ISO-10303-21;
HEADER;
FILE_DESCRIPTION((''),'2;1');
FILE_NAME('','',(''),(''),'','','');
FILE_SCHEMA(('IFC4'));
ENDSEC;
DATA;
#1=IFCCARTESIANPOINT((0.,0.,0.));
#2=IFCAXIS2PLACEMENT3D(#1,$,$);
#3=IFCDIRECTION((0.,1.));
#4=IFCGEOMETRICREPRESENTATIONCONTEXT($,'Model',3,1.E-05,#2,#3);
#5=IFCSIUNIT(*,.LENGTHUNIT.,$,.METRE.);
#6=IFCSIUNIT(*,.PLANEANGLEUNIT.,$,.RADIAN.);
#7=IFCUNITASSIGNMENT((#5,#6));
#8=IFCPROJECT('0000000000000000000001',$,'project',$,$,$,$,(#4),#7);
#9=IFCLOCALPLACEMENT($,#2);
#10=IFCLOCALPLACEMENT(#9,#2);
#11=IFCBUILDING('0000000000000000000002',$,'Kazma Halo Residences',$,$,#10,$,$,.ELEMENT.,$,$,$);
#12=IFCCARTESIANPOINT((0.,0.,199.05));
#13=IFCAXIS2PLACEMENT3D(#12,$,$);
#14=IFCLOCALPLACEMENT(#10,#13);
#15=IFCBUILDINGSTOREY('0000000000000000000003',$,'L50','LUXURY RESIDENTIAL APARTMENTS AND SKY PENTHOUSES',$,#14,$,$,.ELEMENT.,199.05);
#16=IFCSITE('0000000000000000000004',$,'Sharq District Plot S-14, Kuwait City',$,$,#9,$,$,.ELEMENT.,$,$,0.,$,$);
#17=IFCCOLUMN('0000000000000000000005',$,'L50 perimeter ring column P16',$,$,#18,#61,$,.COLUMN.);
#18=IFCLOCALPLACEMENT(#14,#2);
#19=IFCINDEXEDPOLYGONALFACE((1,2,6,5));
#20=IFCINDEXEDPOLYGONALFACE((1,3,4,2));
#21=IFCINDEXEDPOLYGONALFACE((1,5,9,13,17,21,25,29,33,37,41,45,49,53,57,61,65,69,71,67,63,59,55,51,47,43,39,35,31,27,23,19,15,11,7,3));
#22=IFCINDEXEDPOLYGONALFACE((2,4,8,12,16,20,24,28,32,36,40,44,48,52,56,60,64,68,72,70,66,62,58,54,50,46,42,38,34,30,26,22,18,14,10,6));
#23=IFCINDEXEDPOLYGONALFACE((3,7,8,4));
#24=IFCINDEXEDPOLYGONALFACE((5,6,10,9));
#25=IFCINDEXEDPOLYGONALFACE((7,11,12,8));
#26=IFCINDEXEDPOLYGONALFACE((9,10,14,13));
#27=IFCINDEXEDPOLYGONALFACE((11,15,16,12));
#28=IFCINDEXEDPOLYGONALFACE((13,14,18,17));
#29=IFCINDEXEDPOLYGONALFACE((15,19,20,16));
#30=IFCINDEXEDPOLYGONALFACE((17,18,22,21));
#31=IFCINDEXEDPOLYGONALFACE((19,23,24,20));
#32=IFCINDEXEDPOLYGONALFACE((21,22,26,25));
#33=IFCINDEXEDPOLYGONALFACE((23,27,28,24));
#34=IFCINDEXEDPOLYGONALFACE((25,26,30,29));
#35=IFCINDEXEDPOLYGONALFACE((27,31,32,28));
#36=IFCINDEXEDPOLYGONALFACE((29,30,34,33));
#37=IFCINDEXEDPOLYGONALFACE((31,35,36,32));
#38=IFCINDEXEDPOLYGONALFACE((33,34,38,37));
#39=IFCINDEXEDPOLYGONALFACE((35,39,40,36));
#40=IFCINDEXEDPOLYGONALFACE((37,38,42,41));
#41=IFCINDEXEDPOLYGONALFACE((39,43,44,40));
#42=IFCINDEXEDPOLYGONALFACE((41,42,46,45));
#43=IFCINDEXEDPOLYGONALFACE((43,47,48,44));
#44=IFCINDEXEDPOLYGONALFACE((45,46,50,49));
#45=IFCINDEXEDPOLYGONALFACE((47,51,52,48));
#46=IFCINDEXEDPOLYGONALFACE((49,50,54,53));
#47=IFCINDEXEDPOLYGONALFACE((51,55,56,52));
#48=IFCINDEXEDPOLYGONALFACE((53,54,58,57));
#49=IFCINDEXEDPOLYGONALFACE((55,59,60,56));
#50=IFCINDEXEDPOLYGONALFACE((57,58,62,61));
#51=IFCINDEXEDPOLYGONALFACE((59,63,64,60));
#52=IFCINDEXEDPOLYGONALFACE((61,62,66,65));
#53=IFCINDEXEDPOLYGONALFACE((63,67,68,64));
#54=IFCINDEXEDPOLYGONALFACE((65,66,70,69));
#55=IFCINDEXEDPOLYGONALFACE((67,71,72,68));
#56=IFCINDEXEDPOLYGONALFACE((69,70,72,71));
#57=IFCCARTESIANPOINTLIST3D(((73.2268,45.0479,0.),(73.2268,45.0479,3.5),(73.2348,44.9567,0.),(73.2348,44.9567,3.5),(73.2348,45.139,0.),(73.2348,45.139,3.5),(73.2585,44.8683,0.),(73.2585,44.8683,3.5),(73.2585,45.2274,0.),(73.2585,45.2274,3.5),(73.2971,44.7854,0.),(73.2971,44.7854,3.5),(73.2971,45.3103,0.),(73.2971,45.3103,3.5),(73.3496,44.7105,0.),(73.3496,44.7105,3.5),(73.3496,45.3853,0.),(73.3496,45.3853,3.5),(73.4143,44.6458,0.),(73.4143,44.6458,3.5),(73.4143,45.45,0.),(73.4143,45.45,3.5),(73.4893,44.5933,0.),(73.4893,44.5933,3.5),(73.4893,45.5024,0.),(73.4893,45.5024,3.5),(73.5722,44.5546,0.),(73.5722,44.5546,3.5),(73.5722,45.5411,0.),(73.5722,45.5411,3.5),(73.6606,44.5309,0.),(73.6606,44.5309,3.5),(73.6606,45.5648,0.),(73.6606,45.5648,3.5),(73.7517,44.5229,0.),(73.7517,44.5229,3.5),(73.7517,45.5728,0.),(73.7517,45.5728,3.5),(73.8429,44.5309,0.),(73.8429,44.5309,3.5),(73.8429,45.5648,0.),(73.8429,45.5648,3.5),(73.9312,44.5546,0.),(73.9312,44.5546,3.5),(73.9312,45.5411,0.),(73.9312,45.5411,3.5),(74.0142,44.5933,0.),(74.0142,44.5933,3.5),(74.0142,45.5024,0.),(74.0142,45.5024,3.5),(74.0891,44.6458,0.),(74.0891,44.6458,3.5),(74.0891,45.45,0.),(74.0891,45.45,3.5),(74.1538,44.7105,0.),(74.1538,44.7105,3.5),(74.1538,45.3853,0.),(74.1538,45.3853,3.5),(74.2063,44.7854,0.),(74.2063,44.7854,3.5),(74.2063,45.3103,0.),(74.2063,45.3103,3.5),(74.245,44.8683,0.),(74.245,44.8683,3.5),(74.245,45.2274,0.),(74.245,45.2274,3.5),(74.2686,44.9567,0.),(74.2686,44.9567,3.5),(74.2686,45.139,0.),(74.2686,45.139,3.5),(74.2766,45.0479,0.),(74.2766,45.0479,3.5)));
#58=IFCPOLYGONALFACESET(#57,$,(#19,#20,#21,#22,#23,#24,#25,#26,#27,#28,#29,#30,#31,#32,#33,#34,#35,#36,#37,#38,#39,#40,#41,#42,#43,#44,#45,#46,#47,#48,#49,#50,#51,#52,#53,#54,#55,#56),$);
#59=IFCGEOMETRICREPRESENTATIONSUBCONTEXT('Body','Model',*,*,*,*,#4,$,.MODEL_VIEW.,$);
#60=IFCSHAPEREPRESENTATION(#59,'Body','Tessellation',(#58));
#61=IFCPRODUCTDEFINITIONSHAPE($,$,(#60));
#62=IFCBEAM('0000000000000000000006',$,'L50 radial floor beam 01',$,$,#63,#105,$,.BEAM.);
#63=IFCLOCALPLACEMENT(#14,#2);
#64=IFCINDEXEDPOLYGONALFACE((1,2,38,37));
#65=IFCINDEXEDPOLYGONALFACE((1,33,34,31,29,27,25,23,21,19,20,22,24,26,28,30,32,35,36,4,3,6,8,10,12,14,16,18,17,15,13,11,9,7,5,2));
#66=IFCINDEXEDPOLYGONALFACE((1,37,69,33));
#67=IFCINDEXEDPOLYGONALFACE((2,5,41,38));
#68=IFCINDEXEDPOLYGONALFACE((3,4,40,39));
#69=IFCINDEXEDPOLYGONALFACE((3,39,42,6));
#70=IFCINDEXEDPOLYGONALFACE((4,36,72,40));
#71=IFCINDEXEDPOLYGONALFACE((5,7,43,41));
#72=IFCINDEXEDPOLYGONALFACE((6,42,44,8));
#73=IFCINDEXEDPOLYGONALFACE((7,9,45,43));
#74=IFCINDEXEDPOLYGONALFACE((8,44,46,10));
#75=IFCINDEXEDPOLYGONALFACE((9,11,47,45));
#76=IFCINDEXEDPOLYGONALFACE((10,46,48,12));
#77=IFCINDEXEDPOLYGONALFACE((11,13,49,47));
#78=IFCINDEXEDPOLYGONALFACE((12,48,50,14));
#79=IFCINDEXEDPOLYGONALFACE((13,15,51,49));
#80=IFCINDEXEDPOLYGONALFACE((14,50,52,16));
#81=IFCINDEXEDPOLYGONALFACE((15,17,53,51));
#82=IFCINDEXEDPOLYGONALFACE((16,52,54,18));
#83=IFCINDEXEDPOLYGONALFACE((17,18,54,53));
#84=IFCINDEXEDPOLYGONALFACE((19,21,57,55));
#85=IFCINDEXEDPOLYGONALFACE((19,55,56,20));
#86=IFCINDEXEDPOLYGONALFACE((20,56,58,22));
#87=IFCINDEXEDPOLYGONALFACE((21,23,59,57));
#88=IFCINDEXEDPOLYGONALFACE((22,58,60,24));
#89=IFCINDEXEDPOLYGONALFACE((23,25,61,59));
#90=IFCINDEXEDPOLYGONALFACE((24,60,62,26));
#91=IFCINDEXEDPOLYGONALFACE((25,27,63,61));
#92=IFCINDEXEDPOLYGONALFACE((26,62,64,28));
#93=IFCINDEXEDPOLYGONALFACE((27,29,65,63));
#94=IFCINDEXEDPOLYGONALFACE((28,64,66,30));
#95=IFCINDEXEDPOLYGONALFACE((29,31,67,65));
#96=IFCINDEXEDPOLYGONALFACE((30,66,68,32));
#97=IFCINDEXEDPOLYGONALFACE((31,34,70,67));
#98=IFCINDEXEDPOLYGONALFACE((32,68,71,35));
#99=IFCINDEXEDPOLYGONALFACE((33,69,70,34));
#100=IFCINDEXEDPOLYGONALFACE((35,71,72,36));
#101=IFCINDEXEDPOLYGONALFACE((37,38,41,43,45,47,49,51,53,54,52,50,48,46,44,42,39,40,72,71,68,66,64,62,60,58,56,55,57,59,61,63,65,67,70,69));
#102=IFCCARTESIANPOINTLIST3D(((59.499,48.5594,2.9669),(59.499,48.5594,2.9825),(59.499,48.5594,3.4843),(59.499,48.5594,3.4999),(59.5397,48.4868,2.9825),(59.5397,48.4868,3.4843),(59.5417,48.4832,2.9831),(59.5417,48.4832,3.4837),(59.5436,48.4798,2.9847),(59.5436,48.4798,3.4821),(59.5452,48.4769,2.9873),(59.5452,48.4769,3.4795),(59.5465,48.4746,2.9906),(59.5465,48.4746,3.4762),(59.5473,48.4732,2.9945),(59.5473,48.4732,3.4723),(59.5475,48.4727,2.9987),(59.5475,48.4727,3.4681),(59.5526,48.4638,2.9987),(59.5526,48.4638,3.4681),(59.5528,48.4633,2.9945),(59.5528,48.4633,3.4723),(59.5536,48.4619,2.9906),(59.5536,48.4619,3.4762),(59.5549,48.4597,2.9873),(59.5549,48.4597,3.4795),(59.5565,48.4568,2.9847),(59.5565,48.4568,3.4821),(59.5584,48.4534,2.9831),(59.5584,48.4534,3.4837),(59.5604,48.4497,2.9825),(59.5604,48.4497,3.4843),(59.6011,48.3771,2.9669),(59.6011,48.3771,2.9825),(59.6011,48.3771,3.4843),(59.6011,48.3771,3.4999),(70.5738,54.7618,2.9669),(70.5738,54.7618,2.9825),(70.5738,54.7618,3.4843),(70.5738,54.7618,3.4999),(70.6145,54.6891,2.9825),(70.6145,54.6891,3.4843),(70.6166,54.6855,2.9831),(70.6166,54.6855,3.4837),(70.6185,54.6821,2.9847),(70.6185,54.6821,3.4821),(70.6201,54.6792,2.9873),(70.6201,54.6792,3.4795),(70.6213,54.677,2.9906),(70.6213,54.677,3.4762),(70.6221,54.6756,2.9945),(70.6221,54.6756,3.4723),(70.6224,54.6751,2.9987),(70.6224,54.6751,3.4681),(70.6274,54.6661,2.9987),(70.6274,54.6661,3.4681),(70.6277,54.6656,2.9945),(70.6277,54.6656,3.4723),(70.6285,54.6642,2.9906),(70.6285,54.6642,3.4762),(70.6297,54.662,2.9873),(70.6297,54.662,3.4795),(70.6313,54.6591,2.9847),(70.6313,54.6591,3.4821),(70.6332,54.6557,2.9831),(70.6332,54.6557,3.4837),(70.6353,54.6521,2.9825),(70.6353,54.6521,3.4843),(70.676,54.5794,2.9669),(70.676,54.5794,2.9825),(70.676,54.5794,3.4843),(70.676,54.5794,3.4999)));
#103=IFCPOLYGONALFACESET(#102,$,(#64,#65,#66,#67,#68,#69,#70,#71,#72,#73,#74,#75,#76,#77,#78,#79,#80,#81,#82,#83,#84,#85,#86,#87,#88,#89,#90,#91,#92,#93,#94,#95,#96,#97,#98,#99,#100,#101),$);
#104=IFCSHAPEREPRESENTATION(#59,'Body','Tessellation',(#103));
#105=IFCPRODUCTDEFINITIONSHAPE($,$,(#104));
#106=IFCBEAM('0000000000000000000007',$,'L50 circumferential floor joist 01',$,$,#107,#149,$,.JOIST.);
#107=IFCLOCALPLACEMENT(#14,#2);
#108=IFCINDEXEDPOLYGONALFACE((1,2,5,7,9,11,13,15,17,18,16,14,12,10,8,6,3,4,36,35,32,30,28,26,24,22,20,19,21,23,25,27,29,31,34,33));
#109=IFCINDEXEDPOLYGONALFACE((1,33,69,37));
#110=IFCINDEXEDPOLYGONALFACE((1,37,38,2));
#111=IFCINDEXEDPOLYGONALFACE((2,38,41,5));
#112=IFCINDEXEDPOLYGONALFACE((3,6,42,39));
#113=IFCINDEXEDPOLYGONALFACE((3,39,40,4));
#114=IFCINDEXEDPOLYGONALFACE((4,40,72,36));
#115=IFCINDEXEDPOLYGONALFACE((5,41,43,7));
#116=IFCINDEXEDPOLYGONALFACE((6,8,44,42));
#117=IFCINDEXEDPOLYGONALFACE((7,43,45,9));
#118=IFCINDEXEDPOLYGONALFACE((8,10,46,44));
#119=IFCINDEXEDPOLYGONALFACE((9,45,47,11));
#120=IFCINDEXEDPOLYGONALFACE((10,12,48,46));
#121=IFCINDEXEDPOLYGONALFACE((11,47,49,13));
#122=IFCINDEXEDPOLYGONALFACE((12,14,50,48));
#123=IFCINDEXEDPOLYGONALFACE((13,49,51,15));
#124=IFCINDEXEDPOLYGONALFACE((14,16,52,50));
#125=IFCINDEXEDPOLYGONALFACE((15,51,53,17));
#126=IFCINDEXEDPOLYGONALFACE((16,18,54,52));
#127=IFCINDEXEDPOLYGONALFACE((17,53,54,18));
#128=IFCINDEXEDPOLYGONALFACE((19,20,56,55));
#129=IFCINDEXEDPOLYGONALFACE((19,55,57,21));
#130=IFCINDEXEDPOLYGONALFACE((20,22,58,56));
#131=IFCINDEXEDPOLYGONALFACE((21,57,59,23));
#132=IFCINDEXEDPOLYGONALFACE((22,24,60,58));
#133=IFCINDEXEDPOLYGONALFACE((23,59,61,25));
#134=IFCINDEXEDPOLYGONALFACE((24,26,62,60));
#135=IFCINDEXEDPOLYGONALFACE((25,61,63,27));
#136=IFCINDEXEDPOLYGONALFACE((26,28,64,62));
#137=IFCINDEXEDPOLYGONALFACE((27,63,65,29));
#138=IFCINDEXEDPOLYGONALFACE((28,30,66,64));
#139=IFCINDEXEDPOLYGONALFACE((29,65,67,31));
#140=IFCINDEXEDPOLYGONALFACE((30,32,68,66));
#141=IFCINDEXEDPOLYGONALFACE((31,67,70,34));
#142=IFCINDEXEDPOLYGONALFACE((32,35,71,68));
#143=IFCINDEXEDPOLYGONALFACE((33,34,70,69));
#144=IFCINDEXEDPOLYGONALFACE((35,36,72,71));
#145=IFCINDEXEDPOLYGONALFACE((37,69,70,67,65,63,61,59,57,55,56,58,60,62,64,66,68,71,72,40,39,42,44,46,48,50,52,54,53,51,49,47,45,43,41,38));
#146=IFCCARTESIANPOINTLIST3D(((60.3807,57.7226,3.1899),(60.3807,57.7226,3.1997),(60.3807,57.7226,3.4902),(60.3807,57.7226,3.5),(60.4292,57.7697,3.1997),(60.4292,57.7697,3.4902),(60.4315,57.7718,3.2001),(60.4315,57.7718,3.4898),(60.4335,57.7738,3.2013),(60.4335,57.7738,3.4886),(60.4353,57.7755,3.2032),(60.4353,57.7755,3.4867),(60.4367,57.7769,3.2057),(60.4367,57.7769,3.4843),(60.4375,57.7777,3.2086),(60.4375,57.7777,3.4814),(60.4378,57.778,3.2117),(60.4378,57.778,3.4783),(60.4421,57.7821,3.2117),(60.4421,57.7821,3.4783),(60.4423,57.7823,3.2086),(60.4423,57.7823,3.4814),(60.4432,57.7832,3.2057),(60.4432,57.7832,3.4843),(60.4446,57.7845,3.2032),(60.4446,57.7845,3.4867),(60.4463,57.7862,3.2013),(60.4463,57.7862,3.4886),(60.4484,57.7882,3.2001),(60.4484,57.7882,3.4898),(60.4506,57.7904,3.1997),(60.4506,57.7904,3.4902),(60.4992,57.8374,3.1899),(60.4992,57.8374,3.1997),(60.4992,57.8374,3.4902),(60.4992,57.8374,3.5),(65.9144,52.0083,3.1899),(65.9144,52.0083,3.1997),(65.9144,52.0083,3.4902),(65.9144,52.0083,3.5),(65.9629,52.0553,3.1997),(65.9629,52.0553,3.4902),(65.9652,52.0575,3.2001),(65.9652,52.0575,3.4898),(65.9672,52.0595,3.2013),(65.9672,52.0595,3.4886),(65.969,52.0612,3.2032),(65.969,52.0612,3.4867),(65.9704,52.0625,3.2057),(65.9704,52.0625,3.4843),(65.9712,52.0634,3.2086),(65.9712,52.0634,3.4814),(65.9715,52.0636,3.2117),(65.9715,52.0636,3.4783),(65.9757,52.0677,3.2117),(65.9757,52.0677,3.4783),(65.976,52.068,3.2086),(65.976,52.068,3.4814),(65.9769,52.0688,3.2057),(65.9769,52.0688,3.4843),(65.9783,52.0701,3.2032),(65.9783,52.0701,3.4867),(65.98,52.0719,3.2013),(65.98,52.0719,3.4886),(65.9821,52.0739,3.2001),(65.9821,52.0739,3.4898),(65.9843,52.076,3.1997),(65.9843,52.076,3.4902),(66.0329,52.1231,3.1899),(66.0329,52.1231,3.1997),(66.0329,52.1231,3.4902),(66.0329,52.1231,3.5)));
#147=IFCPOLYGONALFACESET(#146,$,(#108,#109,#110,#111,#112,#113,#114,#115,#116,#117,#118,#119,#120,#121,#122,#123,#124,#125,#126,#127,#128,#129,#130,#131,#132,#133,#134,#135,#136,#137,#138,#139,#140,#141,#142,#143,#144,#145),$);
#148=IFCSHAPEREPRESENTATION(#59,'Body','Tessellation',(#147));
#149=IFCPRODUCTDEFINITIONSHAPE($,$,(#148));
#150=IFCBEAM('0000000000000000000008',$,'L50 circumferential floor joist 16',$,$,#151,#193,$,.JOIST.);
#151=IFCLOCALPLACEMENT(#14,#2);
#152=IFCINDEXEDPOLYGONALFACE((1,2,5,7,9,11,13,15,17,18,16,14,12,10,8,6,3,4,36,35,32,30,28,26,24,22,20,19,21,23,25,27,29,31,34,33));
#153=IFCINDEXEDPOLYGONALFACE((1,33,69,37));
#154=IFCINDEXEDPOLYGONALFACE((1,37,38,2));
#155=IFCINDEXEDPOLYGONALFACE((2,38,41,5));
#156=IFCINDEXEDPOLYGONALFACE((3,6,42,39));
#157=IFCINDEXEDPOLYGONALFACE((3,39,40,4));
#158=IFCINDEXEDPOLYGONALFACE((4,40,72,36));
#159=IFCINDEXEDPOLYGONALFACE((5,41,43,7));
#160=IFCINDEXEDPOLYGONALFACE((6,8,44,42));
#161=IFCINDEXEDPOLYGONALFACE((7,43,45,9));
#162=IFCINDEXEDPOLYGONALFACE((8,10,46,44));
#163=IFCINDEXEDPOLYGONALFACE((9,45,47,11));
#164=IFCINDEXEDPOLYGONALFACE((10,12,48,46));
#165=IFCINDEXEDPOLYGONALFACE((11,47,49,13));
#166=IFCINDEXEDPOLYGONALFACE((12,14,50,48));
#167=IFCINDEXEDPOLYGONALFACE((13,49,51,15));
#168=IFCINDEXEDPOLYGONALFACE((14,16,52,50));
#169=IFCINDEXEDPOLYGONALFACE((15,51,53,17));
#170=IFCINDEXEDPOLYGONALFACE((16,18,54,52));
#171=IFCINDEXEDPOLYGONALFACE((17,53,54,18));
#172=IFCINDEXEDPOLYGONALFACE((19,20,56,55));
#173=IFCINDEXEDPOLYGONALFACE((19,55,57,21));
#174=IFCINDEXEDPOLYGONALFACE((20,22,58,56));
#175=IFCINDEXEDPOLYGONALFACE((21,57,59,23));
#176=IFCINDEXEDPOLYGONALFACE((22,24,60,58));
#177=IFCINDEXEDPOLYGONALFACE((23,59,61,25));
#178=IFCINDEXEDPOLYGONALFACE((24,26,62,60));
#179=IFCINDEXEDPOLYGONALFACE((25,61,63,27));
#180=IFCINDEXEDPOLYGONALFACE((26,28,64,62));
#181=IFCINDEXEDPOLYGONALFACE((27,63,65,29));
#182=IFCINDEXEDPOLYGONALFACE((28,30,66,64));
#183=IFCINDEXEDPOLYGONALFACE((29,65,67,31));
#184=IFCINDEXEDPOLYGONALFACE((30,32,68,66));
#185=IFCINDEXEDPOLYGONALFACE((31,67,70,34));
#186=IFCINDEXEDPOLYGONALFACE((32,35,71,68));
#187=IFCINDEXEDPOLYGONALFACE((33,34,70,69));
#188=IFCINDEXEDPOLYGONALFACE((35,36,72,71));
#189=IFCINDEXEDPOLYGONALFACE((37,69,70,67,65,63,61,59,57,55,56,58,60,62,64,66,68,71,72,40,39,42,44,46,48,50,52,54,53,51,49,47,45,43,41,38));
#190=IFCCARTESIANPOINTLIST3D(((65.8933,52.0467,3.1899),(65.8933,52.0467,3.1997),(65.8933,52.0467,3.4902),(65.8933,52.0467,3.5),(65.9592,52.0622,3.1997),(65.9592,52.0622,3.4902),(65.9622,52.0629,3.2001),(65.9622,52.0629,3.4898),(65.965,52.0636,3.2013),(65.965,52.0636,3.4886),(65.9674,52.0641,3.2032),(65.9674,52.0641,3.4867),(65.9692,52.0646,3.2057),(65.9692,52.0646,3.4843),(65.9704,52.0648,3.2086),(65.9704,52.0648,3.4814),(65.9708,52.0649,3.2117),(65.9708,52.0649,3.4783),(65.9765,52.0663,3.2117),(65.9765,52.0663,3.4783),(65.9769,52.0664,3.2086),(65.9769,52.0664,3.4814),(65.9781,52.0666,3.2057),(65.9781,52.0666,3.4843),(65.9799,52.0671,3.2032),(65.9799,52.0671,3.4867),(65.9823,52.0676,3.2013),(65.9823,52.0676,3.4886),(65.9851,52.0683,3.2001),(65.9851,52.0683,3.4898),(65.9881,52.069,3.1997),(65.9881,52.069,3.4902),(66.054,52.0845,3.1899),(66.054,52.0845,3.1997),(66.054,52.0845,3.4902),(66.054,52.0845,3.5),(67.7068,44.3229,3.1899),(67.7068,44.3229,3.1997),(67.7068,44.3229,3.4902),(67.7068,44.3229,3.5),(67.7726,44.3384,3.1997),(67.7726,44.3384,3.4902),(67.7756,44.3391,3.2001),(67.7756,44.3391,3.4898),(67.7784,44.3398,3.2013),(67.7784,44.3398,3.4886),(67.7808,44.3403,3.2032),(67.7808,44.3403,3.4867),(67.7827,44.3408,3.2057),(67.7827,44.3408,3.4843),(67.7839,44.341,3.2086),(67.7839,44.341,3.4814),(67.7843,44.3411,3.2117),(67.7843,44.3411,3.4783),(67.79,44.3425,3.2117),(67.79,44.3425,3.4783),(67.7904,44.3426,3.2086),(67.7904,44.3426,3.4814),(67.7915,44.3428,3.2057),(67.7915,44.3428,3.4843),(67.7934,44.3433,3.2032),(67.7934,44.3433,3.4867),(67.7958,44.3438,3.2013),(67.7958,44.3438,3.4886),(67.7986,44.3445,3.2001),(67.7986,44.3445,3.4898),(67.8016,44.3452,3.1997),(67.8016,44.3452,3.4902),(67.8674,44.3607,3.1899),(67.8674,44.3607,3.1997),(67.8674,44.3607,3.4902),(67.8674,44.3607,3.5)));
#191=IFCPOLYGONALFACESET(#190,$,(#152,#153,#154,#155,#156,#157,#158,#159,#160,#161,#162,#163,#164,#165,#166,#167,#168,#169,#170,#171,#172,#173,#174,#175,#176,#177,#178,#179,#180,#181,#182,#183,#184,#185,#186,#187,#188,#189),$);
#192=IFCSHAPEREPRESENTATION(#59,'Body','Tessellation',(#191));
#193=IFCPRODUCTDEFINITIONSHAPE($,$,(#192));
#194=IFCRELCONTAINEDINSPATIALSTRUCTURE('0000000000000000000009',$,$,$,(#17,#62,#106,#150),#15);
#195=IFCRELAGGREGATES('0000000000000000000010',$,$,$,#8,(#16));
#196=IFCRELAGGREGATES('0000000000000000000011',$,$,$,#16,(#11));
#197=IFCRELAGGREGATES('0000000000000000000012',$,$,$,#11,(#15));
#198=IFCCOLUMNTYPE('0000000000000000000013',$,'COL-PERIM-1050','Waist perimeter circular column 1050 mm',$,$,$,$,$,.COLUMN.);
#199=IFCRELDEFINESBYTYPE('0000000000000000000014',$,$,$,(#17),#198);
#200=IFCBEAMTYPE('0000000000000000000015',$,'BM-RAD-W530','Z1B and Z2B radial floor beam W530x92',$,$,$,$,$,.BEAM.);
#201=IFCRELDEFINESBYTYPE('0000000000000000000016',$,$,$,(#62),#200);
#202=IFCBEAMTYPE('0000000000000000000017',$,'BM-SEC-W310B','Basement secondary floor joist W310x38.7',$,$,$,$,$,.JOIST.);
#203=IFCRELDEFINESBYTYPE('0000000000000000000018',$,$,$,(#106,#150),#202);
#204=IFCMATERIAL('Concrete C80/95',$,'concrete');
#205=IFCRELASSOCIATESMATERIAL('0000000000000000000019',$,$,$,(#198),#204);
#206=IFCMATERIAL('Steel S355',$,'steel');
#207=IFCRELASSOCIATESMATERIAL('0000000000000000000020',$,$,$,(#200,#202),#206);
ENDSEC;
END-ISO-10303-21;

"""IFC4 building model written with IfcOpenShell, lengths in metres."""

from ifc_helpers import new_model, si_unit, direction, frame, origin, origin_2d, place, context, subcontext, project, spatial, circle, i_section, extrude, material, material_profile, profile_set, type_object, element, save


model = new_model("IFC4")

# Units and contexts
model_context = context("Model", 3, precision=1e-05, world=origin(), true_north=direction((0.0, 1.0)))
body_context = subcontext(model_context, "Body", "Model", "MODEL_VIEW")
ifc_project = project(units=[si_unit("LENGTHUNIT", "METRE"), si_unit("PLANEANGLEUNIT", "RADIAN")], contexts=[model_context])

# Site, building, storey
site_placement = place(None, origin())
site = spatial("IfcSite", under=ifc_project, at=site_placement, Name="Sharq District Plot S-14, Kuwait City", CompositionType="ELEMENT", RefElevation=0.0)
building_placement = place(site_placement, origin())
building = spatial("IfcBuilding", under=site, at=building_placement, Name="Kazma Halo Residences", CompositionType="ELEMENT")
storey_placement = place(building_placement, frame((0.0, 0.0, 199.05)))
storey = spatial("IfcBuildingStorey", under=building, at=storey_placement, Name="L50", Description="LUXURY RESIDENTIAL APARTMENTS AND SKY PENTHOUSES", CompositionType="ELEMENT", Elevation=199.05)

# Column
ifc_material_1 = material(Name="Concrete C80/95", Category="concrete")
ifc_material_profile_1 = material_profile(ifc_material_1, circle(Radius=0.5249, at=origin_2d()), Name="CIRC1050")
ifc_profile_set_1 = profile_set([ifc_material_profile_1], Name="Concrete C80/95")
column_type = type_object("IfcColumnType", Name="COL-PERIM-1050", Description="Waist perimeter circular column 1050 mm", PredefinedType="COLUMN", material=ifc_profile_set_1)
column_placement = place(storey_placement, frame((73.7517, 45.0479, 0.0), z_axis=(0.0, 0.0, 1.0), x_axis=(1.0, 0.0, 0.0)))
element("IfcColumn", 1, at=column_placement, inside=storey, type_object=column_type, Name="L50 perimeter ring column P16", PredefinedType="COLUMN", context=body_context, shape_type="SweptSolid", body=[
    extrude(circle(Radius=0.5249, at=origin_2d()), origin(), (0.0, 0.0, 1.0), 3.5),
])

# Beams
ifc_material_2 = material(Name="Steel S355", Category="steel")
ifc_material_profile_2 = material_profile(ifc_material_2, i_section(OverallWidth=0.209, OverallDepth=0.533, WebThickness=0.0103, FlangeThickness=0.0156, FilletRadius=0.0161, at=origin_2d()), Name="W530x92")
ifc_profile_set_2 = profile_set([ifc_material_profile_2], Name="Steel S355")
beam_type_1 = type_object("IfcBeamType", Name="BM-RAD-W530", Description="Z1B and Z2B radial floor beam W530x92", PredefinedType="BEAM", material=ifc_profile_set_2)
beam_1_placement = place(storey_placement, frame((59.55, 48.4683, 3.2334), z_axis=(0.872492, 0.488629, 0.0), x_axis=(-0.488629, 0.872492, 0.0)))
element("IfcBeam", 2, at=beam_1_placement, inside=storey, type_object=beam_type_1, Name="L50 radial floor beam 01", PredefinedType="BEAM", context=body_context, shape_type="SweptSolid", body=[
    extrude(i_section(OverallWidth=0.209, OverallDepth=0.533, WebThickness=0.0103, FlangeThickness=0.0156, FilletRadius=0.0161, at=origin_2d()), origin(), (0.0, 0.0, 1.0), 12.6934),
])
ifc_material_profile_3 = material_profile(ifc_material_2, i_section(OverallWidth=0.165, OverallDepth=0.3101, WebThickness=0.0059, FlangeThickness=0.0098, FilletRadius=0.012, at=origin_2d()), Name="W310x38.7")
ifc_profile_set_3 = profile_set([ifc_material_profile_3], Name="Steel S355")
beam_type_2 = type_object("IfcBeamType", Name="BM-SEC-W310B", Description="Basement secondary floor joist W310x38.7", PredefinedType="JOIST", material=ifc_profile_set_3)
beam_2_placement = place(storey_placement, frame((65.9736, 52.0657, 3.345), z_axis=(-0.69566, 0.718372, 0.0), x_axis=(-0.718372, -0.69566, 0.0)))
element("IfcBeam", 3, at=beam_2_placement, inside=storey, type_object=beam_type_2, Name="L50 circumferential floor joist 01", PredefinedType="JOIST", context=body_context, shape_type="SweptSolid", body=[
    extrude(i_section(OverallWidth=0.165, OverallDepth=0.3101, WebThickness=0.0059, FlangeThickness=0.0098, FilletRadius=0.012, at=origin_2d()), origin(), (0.0, 0.0, 1.0), 7.9546),
])
beam_3_placement = place(storey_placement, frame((67.7871, 44.3418, 3.345), z_axis=(-0.228573, 0.973527, 0.0), x_axis=(-0.973527, -0.228573, 0.0)))
element("IfcBeam", 4, at=beam_3_placement, inside=storey, type_object=beam_type_2, Name="L50 circumferential floor joist 16", PredefinedType="JOIST", context=body_context, shape_type="SweptSolid", body=[
    extrude(i_section(OverallWidth=0.165, OverallDepth=0.3101, WebThickness=0.0059, FlangeThickness=0.0098, FilletRadius=0.012, at=origin_2d()), origin(), (0.0, 0.0, 1.0), 7.9338),
])

save(model, "model.ifc")
